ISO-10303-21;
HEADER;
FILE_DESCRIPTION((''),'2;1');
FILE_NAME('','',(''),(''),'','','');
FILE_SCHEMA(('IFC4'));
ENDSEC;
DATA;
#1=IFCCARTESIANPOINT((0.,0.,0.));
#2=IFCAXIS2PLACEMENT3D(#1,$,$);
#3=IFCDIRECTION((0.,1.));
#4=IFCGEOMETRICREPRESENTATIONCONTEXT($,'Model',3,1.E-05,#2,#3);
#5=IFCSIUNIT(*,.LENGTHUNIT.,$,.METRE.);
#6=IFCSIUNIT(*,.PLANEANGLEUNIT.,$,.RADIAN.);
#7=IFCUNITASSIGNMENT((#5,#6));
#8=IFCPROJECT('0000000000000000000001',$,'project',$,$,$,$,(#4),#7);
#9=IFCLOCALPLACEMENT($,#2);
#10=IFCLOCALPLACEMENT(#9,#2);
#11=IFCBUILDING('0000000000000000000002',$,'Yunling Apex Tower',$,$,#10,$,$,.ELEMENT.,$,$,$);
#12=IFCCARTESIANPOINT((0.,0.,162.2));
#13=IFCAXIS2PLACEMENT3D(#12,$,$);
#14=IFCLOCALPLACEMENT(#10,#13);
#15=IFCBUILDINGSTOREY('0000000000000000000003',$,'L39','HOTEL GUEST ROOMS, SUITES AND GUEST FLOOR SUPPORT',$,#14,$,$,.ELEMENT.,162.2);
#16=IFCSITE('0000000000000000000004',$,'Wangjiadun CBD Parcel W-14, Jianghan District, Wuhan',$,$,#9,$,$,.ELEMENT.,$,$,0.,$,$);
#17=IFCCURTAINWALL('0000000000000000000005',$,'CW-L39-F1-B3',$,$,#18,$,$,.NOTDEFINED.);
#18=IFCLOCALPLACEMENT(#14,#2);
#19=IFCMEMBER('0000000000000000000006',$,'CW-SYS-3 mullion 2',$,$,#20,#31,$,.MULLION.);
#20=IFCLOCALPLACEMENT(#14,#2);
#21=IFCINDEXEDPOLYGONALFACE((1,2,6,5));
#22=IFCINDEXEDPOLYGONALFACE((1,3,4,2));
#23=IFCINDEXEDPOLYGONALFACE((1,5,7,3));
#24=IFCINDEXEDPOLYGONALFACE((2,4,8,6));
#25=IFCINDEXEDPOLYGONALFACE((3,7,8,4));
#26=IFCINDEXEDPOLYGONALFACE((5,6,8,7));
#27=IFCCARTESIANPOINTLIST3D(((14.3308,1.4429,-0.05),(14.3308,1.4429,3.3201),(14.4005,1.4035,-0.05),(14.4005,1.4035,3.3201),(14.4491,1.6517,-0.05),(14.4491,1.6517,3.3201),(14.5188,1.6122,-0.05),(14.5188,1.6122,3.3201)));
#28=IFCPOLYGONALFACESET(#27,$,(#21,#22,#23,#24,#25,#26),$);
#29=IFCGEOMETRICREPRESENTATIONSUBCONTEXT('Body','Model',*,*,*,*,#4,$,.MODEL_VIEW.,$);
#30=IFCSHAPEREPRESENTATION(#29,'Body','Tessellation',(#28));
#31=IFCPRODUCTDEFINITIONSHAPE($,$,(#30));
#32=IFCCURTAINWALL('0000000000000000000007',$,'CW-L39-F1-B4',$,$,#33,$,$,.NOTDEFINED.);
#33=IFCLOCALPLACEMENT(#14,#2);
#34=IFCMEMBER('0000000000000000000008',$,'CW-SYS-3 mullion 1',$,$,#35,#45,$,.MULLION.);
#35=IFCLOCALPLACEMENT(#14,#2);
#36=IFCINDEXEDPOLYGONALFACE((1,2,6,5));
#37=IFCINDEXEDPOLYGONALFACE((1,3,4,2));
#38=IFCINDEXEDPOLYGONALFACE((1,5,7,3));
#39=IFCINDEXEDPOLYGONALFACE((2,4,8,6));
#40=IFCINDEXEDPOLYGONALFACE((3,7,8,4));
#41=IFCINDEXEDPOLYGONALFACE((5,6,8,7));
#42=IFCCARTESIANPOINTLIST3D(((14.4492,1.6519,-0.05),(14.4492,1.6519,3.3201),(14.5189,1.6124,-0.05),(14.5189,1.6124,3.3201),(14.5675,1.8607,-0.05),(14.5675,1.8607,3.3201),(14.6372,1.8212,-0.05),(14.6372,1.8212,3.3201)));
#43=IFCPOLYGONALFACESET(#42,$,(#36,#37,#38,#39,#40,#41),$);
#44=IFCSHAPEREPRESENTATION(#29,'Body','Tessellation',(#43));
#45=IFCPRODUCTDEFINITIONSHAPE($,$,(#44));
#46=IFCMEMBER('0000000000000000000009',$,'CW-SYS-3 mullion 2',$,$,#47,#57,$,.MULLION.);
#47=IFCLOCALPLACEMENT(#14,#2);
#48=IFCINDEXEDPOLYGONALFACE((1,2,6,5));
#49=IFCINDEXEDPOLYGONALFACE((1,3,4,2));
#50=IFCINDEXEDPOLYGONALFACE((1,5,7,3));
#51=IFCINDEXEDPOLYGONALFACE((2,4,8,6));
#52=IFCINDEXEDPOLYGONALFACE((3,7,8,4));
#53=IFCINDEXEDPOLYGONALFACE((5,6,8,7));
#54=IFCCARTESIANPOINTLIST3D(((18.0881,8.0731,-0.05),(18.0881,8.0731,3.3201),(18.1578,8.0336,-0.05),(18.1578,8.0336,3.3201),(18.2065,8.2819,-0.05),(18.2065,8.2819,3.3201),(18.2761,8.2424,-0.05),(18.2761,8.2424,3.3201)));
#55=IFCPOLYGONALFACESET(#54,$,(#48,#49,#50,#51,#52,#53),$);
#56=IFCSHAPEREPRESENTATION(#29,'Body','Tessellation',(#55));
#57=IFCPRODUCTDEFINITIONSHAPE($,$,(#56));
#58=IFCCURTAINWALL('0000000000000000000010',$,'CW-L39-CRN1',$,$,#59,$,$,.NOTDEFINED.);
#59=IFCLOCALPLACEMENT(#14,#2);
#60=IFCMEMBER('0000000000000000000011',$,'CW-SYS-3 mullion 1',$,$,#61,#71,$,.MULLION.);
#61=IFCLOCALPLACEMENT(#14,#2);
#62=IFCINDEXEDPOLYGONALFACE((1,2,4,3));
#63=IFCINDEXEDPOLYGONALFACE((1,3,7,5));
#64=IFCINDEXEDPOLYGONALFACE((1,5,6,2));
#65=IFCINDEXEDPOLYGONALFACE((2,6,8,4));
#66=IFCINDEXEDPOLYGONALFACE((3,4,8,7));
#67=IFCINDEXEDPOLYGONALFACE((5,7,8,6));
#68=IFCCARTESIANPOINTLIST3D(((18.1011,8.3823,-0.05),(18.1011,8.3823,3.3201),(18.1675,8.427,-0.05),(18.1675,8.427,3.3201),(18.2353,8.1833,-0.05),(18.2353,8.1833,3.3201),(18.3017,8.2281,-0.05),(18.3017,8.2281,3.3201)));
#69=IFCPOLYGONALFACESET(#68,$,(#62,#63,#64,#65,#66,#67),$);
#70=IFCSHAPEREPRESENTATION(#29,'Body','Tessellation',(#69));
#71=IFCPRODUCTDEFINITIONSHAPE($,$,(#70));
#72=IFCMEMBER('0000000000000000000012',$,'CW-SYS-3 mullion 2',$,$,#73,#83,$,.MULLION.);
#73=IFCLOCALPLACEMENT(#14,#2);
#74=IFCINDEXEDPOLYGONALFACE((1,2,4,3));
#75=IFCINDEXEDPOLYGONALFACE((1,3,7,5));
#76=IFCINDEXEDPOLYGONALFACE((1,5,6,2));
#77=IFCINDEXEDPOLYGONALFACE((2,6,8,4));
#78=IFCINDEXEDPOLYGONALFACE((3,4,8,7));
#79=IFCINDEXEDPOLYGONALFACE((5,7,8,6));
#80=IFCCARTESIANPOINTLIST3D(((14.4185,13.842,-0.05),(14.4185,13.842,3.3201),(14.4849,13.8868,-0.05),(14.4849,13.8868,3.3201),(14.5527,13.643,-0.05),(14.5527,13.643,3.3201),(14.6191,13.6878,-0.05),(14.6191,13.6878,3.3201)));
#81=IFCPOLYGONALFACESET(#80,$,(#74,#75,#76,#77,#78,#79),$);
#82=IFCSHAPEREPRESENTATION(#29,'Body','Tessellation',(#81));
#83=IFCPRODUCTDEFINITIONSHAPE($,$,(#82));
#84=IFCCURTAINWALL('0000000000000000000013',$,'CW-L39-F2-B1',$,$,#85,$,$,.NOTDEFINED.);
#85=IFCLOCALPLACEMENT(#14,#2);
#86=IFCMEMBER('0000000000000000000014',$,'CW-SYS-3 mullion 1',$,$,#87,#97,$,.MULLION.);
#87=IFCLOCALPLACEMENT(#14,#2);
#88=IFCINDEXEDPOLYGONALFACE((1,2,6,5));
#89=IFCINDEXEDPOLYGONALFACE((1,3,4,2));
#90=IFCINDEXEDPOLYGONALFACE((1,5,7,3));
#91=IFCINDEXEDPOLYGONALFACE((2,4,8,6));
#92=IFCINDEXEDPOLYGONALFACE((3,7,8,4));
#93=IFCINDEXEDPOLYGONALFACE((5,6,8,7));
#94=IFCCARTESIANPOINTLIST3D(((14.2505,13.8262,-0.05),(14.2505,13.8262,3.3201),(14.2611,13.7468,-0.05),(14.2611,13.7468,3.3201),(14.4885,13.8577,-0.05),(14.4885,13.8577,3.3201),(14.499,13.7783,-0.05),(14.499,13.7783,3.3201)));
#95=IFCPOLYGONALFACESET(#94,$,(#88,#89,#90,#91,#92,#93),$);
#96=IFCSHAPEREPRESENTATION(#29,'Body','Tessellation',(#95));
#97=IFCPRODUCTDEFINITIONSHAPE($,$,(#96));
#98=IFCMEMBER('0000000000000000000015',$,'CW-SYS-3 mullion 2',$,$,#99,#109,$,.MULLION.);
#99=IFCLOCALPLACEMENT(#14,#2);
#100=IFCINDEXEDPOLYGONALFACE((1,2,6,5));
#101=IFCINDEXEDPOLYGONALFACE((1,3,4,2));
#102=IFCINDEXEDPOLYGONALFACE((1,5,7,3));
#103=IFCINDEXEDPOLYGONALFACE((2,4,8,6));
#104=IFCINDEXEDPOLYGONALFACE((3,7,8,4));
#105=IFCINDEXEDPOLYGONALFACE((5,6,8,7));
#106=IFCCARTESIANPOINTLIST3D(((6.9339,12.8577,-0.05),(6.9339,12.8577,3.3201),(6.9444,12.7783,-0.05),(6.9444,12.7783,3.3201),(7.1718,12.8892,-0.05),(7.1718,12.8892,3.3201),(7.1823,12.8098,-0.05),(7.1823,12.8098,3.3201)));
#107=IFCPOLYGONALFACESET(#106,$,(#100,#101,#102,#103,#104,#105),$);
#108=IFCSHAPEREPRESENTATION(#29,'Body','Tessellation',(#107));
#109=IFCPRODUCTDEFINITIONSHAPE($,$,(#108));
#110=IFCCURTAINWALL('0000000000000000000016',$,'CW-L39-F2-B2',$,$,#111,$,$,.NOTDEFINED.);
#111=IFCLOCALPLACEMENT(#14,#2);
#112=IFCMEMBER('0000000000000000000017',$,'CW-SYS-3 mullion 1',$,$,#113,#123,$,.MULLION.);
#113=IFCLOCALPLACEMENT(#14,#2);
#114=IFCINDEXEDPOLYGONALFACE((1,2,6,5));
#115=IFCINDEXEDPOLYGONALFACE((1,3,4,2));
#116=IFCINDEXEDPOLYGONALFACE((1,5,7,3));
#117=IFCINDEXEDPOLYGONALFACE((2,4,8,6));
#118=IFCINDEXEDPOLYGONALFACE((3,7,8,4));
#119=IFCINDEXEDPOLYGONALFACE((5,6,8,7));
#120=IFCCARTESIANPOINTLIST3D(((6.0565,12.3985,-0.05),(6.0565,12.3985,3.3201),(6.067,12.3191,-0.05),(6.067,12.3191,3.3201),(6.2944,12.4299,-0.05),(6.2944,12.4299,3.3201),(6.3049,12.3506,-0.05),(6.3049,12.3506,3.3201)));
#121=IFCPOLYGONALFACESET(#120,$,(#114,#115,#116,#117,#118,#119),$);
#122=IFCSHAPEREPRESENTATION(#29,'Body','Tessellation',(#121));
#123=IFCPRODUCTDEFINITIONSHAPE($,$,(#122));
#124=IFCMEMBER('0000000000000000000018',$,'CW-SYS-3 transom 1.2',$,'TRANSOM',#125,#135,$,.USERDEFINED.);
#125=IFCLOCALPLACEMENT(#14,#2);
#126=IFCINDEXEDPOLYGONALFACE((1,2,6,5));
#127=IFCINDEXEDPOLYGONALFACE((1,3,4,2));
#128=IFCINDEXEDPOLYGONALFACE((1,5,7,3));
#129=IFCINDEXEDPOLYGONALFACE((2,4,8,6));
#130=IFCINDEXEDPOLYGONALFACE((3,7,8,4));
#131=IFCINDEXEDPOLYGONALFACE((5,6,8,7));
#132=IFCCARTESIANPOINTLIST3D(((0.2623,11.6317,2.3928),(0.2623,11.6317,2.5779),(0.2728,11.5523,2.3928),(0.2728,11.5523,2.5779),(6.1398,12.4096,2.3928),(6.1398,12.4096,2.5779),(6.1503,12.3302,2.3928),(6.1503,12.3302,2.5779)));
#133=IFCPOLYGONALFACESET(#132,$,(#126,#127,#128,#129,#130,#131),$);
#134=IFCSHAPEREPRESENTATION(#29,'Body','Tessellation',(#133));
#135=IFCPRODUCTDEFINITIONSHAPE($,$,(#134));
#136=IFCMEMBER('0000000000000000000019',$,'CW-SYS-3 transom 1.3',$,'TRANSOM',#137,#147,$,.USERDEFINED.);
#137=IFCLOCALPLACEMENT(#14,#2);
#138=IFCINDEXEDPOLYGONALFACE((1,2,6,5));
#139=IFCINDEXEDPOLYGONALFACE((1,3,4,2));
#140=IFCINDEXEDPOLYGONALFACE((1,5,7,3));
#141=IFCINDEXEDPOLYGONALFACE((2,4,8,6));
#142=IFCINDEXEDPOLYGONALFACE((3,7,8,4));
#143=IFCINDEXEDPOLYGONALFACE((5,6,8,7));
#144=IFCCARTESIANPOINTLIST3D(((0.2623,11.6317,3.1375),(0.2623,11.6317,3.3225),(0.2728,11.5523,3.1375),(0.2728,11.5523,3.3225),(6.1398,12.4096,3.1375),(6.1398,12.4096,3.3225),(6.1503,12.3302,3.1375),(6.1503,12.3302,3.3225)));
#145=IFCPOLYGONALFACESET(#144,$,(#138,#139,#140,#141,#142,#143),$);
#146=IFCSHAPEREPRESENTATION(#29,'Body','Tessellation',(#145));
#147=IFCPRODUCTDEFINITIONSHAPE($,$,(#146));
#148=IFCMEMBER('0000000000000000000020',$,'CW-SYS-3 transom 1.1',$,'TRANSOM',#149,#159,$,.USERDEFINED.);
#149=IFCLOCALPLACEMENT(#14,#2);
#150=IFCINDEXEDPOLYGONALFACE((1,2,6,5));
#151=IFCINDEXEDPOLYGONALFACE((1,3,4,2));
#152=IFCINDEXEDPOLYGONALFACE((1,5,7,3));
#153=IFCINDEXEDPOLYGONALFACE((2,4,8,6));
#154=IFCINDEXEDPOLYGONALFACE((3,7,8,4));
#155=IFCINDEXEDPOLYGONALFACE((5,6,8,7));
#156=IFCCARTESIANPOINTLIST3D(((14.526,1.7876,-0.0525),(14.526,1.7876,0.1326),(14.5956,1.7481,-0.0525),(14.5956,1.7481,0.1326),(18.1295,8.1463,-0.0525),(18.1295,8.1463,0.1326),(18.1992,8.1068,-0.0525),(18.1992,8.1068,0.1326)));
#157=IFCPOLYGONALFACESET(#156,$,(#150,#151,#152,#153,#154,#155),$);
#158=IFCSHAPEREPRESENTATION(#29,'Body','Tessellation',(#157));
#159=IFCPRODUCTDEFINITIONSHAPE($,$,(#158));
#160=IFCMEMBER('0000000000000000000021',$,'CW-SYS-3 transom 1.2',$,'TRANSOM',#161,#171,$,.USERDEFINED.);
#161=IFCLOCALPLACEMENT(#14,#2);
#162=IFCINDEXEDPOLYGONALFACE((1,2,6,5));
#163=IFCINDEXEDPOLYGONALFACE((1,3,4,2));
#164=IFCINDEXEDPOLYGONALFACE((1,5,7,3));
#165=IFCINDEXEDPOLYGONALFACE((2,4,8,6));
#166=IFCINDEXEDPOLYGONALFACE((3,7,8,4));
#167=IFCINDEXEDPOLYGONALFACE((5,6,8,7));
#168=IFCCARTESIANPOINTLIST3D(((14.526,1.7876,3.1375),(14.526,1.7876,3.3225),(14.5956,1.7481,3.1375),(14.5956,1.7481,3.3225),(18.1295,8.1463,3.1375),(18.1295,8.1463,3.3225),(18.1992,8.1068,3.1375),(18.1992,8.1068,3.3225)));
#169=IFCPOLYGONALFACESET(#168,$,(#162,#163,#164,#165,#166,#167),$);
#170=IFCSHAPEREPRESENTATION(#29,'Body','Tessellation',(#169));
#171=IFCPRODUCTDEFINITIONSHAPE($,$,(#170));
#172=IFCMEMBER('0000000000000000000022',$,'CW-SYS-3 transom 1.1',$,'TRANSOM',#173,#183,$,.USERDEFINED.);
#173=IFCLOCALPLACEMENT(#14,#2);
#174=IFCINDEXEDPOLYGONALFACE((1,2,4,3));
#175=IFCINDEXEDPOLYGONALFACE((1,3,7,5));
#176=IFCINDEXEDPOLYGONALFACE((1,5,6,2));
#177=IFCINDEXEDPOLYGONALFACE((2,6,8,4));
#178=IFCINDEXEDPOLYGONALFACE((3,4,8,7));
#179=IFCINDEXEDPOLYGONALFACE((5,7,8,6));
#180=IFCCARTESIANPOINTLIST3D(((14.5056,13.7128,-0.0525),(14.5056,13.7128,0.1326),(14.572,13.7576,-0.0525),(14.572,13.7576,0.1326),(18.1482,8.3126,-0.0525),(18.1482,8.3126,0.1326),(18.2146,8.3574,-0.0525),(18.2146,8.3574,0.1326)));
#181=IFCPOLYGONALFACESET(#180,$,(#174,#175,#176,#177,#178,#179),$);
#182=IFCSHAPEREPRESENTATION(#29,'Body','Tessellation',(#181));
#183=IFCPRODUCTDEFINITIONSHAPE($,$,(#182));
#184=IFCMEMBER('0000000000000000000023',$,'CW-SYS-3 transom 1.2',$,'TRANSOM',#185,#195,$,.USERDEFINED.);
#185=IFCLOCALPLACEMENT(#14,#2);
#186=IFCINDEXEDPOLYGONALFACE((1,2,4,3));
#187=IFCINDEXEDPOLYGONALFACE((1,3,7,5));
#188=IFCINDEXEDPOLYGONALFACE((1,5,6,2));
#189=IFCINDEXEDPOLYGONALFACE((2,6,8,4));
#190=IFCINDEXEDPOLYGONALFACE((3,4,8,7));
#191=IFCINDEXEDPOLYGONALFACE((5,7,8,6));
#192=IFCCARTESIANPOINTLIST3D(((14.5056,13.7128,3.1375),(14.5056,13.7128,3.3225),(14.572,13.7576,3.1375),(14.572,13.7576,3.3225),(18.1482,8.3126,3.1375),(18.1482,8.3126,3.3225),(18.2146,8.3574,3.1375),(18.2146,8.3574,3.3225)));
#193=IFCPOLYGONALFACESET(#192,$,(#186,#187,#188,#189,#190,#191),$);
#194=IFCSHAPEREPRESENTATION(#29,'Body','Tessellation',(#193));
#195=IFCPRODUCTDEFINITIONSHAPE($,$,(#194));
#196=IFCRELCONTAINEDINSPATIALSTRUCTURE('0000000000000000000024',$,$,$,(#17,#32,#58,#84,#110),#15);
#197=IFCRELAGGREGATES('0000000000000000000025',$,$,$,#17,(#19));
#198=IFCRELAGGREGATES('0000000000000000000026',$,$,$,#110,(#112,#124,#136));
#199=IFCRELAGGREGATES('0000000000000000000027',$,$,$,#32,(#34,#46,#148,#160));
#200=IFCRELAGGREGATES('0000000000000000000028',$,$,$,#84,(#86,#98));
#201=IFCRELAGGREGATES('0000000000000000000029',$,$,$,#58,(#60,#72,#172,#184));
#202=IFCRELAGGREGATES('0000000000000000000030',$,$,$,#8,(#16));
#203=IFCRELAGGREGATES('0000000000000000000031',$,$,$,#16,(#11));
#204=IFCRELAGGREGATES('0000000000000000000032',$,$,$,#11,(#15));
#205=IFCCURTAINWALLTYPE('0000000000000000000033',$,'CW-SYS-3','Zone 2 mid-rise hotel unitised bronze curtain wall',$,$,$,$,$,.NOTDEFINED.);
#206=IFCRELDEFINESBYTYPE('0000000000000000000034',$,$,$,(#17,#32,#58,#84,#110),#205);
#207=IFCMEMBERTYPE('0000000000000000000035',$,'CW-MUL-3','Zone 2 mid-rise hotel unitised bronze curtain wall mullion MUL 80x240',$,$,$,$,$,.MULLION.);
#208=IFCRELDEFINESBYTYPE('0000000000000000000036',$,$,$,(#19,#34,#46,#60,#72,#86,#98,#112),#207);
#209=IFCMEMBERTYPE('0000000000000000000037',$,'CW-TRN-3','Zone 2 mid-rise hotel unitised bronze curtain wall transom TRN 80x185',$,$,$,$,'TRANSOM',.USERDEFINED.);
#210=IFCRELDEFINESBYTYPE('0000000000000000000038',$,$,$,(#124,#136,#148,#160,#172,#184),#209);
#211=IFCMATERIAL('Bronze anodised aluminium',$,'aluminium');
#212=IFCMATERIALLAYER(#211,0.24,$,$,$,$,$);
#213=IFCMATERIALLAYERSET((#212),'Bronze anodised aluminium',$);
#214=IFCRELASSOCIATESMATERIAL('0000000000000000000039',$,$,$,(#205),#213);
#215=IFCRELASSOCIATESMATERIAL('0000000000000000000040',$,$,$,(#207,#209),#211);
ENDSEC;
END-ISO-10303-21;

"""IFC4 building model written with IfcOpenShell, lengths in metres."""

from ifc_helpers import new_model, si_unit, direction, frame, origin, origin_2d, place, context, subcontext, project, spatial, rectangle, extrude, source, transform, mapped, material, layer, layer_set, material_profile, profile_set, type_object, element, aggregate, save


model = new_model("IFC4")

# Units and contexts
model_context = context("Model", 3, precision=1e-05, world=origin(), true_north=direction((0.0, 1.0)))
body_context = subcontext(model_context, "Body", "Model", "MODEL_VIEW")
ifc_project = project(units=[si_unit("LENGTHUNIT", "METRE"), si_unit("PLANEANGLEUNIT", "RADIAN")], contexts=[model_context])

# Site, building, storey
site_placement = place(None, origin())
site = spatial("IfcSite", under=ifc_project, at=site_placement, Name="Wangjiadun CBD Parcel W-14, Jianghan District, Wuhan", CompositionType="ELEMENT", RefElevation=0.0)
building_placement = place(site_placement, origin())
building = spatial("IfcBuilding", under=site, at=building_placement, Name="Yunling Apex Tower", CompositionType="ELEMENT")
storey_placement = place(building_placement, frame((0.0, 0.0, 162.2)))
storey = spatial("IfcBuildingStorey", under=building, at=storey_placement, Name="L39", Description="HOTEL GUEST ROOMS, SUITES AND GUEST FLOOR SUPPORT", CompositionType="ELEMENT", Elevation=162.2)

# Curtain wall, member
ifc_material_1 = material(Name="Bronze anodised aluminium", Category="aluminium")
ifc_layer_1 = layer(ifc_material_1, 0.24)
ifc_layer_set_1 = layer_set([ifc_layer_1], Name="Bronze anodised aluminium")
curtain_wall_type = type_object("IfcCurtainWallType", Name="CW-SYS-3", Description="Zone 2 mid-rise hotel unitised bronze curtain wall", PredefinedType="NOTDEFINED", material=ifc_layer_set_1)
curtain_wall_1_placement = place(storey_placement, origin())
curtain_wall_1 = element("IfcCurtainWall", 1, at=curtain_wall_1_placement, inside=storey, type_object=curtain_wall_type, Name="CW-L39-F1-B3", PredefinedType="NOTDEFINED")
ifc_material_profile_1 = material_profile(ifc_material_1, rectangle(XDim=0.0801, YDim=0.24, at=origin_2d()))
ifc_profile_set_1 = profile_set([ifc_material_profile_1], Name="Bronze anodised aluminium")
member_type_1 = type_object("IfcMemberType", Name="CW-MUL-3", Description="Zone 2 mid-rise hotel unitised bronze curtain wall mullion MUL 80x240", PredefinedType="MULLION", material=ifc_profile_set_1)
shared_shape_1 = source(origin(), body_context, "Body", "SweptSolid", [
    extrude(rectangle(XDim=0.0801, YDim=0.24, at=origin_2d()), origin(), (0.0, 0.0, 1.0), 3.3701),
])
member_1_placement = place(storey_placement, frame((14.4248, 1.5276, -0.05), z_axis=(0.0, 0.0, 1.0), x_axis=(-0.870009, 0.493035, 0.0)))
member_1 = element("IfcMember", 2, at=member_1_placement, type_object=member_type_1, Name="CW-SYS-3 mullion 2", PredefinedType="MULLION", context=body_context, shape_type="MappedRepresentation", body=[
    mapped(shared_shape_1, transform((0.0, 0.0, 0.0), scale=1.0)),
])
aggregate(curtain_wall_1, [member_1])

# Curtain walls, members
curtain_wall_2_placement = place(storey_placement, origin())
curtain_wall_2 = element("IfcCurtainWall", 3, at=curtain_wall_2_placement, inside=storey, type_object=curtain_wall_type, Name="CW-L39-F1-B4", PredefinedType="NOTDEFINED")
member_2_placement = place(storey_placement, frame((14.5432, 1.7366, -0.05), z_axis=(0.0, 0.0, 1.0), x_axis=(-0.870006, 0.493041, 0.0)))
member_2 = element("IfcMember", 4, at=member_2_placement, type_object=member_type_1, Name="CW-SYS-3 mullion 1", PredefinedType="MULLION", context=body_context, shape_type="MappedRepresentation", body=[
    mapped(shared_shape_1, transform((0.0, 0.0, 0.0), scale=1.0)),
])
member_3_placement = place(storey_placement, frame((18.1821, 8.1577, -0.05), z_axis=(0.0, 0.0, 1.0), x_axis=(-0.870006, 0.493041, 0.0)))
member_3 = element("IfcMember", 5, at=member_3_placement, type_object=member_type_1, Name="CW-SYS-3 mullion 2", PredefinedType="MULLION", context=body_context, shape_type="MappedRepresentation", body=[
    mapped(shared_shape_1, transform((0.0, 0.0, 0.0), scale=1.0)),
])
curtain_wall_3_placement = place(storey_placement, origin())
curtain_wall_3 = element("IfcCurtainWall", 6, at=curtain_wall_3_placement, inside=storey, type_object=curtain_wall_type, Name="CW-L39-CRN1", PredefinedType="NOTDEFINED")
member_4_placement = place(storey_placement, frame((18.2014, 8.3052, -0.05), z_axis=(0.0, 0.0, 1.0), x_axis=(-0.829038, -0.559193, 0.0)))
member_4 = element("IfcMember", 7, at=member_4_placement, type_object=member_type_1, Name="CW-SYS-3 mullion 1", PredefinedType="MULLION", context=body_context, shape_type="MappedRepresentation", body=[
    mapped(shared_shape_1, transform((0.0, 0.0, 0.0), scale=1.0)),
])
member_5_placement = place(storey_placement, frame((14.5188, 13.7649, -0.05), z_axis=(0.0, 0.0, 1.0), x_axis=(-0.829038, -0.559193, 0.0)))
member_5 = element("IfcMember", 8, at=member_5_placement, type_object=member_type_1, Name="CW-SYS-3 mullion 2", PredefinedType="MULLION", context=body_context, shape_type="MappedRepresentation", body=[
    mapped(shared_shape_1, transform((0.0, 0.0, 0.0), scale=1.0)),
])
curtain_wall_4_placement = place(storey_placement, origin())
curtain_wall_4 = element("IfcCurtainWall", 9, at=curtain_wall_4_placement, inside=storey, type_object=curtain_wall_type, Name="CW-L39-F2-B1", PredefinedType="NOTDEFINED")
member_6_placement = place(storey_placement, frame((14.3748, 13.8022, -0.05), z_axis=(0.0, 0.0, 1.0), x_axis=(0.131222, -0.991353, 0.0)))
member_6 = element("IfcMember", 10, at=member_6_placement, type_object=member_type_1, Name="CW-SYS-3 mullion 1", PredefinedType="MULLION", context=body_context, shape_type="MappedRepresentation", body=[
    mapped(shared_shape_1, transform((0.0, 0.0, 0.0), scale=1.0)),
])
member_7_placement = place(storey_placement, frame((7.0581, 12.8337, -0.05), z_axis=(0.0, 0.0, 1.0), x_axis=(0.131222, -0.991353, 0.0)))
member_7 = element("IfcMember", 11, at=member_7_placement, type_object=member_type_1, Name="CW-SYS-3 mullion 2", PredefinedType="MULLION", context=body_context, shape_type="MappedRepresentation", body=[
    mapped(shared_shape_1, transform((0.0, 0.0, 0.0), scale=1.0)),
])
curtain_wall_5_placement = place(storey_placement, origin())
curtain_wall_5 = element("IfcCurtainWall", 12, at=curtain_wall_5_placement, inside=storey, type_object=curtain_wall_type, Name="CW-L39-F2-B2", PredefinedType="NOTDEFINED")
member_8_placement = place(storey_placement, frame((6.1807, 12.3745, -0.05), z_axis=(0.0, 0.0, 1.0), x_axis=(0.131205, -0.991355, 0.0)))
member_8 = element("IfcMember", 13, at=member_8_placement, type_object=member_type_1, Name="CW-SYS-3 mullion 1", PredefinedType="MULLION", context=body_context, shape_type="MappedRepresentation", body=[
    mapped(shared_shape_1, transform((0.0, 0.0, 0.0), scale=1.0)),
])
ifc_material_profile_2 = material_profile(ifc_material_1, rectangle(XDim=0.0801, YDim=0.1851, at=origin_2d()))
ifc_profile_set_2 = profile_set([ifc_material_profile_2], Name="Bronze anodised aluminium")
member_type_2 = type_object("IfcMemberType", Name="CW-TRN-3", Description="Zone 2 mid-rise hotel unitised bronze curtain wall transom TRN 80x185", ElementType="TRANSOM", PredefinedType="USERDEFINED", material=ifc_profile_set_2)
shared_shape_2 = source(origin(), body_context, "Body", "SweptSolid", [
    extrude(rectangle(XDim=0.0801, YDim=0.1851, at=origin_2d()), origin(), (0.0, 0.0, 1.0), 5.9287),
])
member_9_placement = place(storey_placement, frame((6.145, 12.3699, 2.4854), z_axis=(-0.991356, -0.131198, 0.0), x_axis=(0.131198, -0.991356, 0.0)))
member_9 = element("IfcMember", 14, at=member_9_placement, type_object=member_type_2, Name="CW-SYS-3 transom 1.2", ObjectType="TRANSOM", PredefinedType="USERDEFINED", context=body_context, shape_type="MappedRepresentation", body=[
    mapped(shared_shape_2, transform((0.0, 0.0, 0.0), scale=1.0)),
])
member_10_placement = place(storey_placement, frame((6.145, 12.3699, 3.23), z_axis=(-0.991356, -0.131198, 0.0), x_axis=(0.131198, -0.991356, 0.0)))
member_10 = element("IfcMember", 15, at=member_10_placement, type_object=member_type_2, Name="CW-SYS-3 transom 1.3", ObjectType="TRANSOM", PredefinedType="USERDEFINED", context=body_context, shape_type="MappedRepresentation", body=[
    mapped(shared_shape_2, transform((0.0, 0.0, 0.0), scale=1.0)),
])
aggregate(curtain_wall_5, [member_8, member_9, member_10])

# Members
shared_shape_3 = source(origin(), body_context, "Body", "SweptSolid", [
    extrude(rectangle(XDim=0.0801, YDim=0.1851, at=origin_2d()), origin(), (0.0, 0.0, 1.0), 7.3088),
])
member_11_placement = place(storey_placement, frame((14.5608, 1.7678, 0.04), z_axis=(0.493042, 0.870005, 0.0), x_axis=(-0.870005, 0.493042, 0.0)))
member_11 = element("IfcMember", 16, at=member_11_placement, type_object=member_type_2, Name="CW-SYS-3 transom 1.1", ObjectType="TRANSOM", PredefinedType="USERDEFINED", context=body_context, shape_type="MappedRepresentation", body=[
    mapped(shared_shape_3, transform((0.0, 0.0, 0.0), scale=1.0)),
])
member_12_placement = place(storey_placement, frame((14.5608, 1.7678, 3.23), z_axis=(0.493042, 0.870005, 0.0), x_axis=(-0.870005, 0.493042, 0.0)))
member_12 = element("IfcMember", 17, at=member_12_placement, type_object=member_type_2, Name="CW-SYS-3 transom 1.2", ObjectType="TRANSOM", PredefinedType="USERDEFINED", context=body_context, shape_type="MappedRepresentation", body=[
    mapped(shared_shape_3, transform((0.0, 0.0, 0.0), scale=1.0)),
])
shared_shape_4 = source(origin(), body_context, "Body", "SweptSolid", [
    extrude(rectangle(XDim=0.0801, YDim=0.1851, at=origin_2d()), origin(), (0.0, 0.0, 1.0), 6.5139),
])
member_13_placement = place(storey_placement, frame((18.1814, 8.335, 0.04), z_axis=(-0.559207, 0.829028, 0.0), x_axis=(-0.829028, -0.559207, 0.0)))
member_13 = element("IfcMember", 18, at=member_13_placement, type_object=member_type_2, Name="CW-SYS-3 transom 1.1", ObjectType="TRANSOM", PredefinedType="USERDEFINED", context=body_context, shape_type="MappedRepresentation", body=[
    mapped(shared_shape_4, transform((0.0, 0.0, 0.0), scale=1.0)),
])
member_14_placement = place(storey_placement, frame((18.1814, 8.335, 3.23), z_axis=(-0.559207, 0.829028, 0.0), x_axis=(-0.829028, -0.559207, 0.0)))
member_14 = element("IfcMember", 19, at=member_14_placement, type_object=member_type_2, Name="CW-SYS-3 transom 1.2", ObjectType="TRANSOM", PredefinedType="USERDEFINED", context=body_context, shape_type="MappedRepresentation", body=[
    mapped(shared_shape_4, transform((0.0, 0.0, 0.0), scale=1.0)),
])

aggregate(curtain_wall_2, [member_2, member_3, member_11, member_12])
aggregate(curtain_wall_4, [member_6, member_7])
aggregate(curtain_wall_3, [member_4, member_5, member_13, member_14])

save(model, "model.ifc")
